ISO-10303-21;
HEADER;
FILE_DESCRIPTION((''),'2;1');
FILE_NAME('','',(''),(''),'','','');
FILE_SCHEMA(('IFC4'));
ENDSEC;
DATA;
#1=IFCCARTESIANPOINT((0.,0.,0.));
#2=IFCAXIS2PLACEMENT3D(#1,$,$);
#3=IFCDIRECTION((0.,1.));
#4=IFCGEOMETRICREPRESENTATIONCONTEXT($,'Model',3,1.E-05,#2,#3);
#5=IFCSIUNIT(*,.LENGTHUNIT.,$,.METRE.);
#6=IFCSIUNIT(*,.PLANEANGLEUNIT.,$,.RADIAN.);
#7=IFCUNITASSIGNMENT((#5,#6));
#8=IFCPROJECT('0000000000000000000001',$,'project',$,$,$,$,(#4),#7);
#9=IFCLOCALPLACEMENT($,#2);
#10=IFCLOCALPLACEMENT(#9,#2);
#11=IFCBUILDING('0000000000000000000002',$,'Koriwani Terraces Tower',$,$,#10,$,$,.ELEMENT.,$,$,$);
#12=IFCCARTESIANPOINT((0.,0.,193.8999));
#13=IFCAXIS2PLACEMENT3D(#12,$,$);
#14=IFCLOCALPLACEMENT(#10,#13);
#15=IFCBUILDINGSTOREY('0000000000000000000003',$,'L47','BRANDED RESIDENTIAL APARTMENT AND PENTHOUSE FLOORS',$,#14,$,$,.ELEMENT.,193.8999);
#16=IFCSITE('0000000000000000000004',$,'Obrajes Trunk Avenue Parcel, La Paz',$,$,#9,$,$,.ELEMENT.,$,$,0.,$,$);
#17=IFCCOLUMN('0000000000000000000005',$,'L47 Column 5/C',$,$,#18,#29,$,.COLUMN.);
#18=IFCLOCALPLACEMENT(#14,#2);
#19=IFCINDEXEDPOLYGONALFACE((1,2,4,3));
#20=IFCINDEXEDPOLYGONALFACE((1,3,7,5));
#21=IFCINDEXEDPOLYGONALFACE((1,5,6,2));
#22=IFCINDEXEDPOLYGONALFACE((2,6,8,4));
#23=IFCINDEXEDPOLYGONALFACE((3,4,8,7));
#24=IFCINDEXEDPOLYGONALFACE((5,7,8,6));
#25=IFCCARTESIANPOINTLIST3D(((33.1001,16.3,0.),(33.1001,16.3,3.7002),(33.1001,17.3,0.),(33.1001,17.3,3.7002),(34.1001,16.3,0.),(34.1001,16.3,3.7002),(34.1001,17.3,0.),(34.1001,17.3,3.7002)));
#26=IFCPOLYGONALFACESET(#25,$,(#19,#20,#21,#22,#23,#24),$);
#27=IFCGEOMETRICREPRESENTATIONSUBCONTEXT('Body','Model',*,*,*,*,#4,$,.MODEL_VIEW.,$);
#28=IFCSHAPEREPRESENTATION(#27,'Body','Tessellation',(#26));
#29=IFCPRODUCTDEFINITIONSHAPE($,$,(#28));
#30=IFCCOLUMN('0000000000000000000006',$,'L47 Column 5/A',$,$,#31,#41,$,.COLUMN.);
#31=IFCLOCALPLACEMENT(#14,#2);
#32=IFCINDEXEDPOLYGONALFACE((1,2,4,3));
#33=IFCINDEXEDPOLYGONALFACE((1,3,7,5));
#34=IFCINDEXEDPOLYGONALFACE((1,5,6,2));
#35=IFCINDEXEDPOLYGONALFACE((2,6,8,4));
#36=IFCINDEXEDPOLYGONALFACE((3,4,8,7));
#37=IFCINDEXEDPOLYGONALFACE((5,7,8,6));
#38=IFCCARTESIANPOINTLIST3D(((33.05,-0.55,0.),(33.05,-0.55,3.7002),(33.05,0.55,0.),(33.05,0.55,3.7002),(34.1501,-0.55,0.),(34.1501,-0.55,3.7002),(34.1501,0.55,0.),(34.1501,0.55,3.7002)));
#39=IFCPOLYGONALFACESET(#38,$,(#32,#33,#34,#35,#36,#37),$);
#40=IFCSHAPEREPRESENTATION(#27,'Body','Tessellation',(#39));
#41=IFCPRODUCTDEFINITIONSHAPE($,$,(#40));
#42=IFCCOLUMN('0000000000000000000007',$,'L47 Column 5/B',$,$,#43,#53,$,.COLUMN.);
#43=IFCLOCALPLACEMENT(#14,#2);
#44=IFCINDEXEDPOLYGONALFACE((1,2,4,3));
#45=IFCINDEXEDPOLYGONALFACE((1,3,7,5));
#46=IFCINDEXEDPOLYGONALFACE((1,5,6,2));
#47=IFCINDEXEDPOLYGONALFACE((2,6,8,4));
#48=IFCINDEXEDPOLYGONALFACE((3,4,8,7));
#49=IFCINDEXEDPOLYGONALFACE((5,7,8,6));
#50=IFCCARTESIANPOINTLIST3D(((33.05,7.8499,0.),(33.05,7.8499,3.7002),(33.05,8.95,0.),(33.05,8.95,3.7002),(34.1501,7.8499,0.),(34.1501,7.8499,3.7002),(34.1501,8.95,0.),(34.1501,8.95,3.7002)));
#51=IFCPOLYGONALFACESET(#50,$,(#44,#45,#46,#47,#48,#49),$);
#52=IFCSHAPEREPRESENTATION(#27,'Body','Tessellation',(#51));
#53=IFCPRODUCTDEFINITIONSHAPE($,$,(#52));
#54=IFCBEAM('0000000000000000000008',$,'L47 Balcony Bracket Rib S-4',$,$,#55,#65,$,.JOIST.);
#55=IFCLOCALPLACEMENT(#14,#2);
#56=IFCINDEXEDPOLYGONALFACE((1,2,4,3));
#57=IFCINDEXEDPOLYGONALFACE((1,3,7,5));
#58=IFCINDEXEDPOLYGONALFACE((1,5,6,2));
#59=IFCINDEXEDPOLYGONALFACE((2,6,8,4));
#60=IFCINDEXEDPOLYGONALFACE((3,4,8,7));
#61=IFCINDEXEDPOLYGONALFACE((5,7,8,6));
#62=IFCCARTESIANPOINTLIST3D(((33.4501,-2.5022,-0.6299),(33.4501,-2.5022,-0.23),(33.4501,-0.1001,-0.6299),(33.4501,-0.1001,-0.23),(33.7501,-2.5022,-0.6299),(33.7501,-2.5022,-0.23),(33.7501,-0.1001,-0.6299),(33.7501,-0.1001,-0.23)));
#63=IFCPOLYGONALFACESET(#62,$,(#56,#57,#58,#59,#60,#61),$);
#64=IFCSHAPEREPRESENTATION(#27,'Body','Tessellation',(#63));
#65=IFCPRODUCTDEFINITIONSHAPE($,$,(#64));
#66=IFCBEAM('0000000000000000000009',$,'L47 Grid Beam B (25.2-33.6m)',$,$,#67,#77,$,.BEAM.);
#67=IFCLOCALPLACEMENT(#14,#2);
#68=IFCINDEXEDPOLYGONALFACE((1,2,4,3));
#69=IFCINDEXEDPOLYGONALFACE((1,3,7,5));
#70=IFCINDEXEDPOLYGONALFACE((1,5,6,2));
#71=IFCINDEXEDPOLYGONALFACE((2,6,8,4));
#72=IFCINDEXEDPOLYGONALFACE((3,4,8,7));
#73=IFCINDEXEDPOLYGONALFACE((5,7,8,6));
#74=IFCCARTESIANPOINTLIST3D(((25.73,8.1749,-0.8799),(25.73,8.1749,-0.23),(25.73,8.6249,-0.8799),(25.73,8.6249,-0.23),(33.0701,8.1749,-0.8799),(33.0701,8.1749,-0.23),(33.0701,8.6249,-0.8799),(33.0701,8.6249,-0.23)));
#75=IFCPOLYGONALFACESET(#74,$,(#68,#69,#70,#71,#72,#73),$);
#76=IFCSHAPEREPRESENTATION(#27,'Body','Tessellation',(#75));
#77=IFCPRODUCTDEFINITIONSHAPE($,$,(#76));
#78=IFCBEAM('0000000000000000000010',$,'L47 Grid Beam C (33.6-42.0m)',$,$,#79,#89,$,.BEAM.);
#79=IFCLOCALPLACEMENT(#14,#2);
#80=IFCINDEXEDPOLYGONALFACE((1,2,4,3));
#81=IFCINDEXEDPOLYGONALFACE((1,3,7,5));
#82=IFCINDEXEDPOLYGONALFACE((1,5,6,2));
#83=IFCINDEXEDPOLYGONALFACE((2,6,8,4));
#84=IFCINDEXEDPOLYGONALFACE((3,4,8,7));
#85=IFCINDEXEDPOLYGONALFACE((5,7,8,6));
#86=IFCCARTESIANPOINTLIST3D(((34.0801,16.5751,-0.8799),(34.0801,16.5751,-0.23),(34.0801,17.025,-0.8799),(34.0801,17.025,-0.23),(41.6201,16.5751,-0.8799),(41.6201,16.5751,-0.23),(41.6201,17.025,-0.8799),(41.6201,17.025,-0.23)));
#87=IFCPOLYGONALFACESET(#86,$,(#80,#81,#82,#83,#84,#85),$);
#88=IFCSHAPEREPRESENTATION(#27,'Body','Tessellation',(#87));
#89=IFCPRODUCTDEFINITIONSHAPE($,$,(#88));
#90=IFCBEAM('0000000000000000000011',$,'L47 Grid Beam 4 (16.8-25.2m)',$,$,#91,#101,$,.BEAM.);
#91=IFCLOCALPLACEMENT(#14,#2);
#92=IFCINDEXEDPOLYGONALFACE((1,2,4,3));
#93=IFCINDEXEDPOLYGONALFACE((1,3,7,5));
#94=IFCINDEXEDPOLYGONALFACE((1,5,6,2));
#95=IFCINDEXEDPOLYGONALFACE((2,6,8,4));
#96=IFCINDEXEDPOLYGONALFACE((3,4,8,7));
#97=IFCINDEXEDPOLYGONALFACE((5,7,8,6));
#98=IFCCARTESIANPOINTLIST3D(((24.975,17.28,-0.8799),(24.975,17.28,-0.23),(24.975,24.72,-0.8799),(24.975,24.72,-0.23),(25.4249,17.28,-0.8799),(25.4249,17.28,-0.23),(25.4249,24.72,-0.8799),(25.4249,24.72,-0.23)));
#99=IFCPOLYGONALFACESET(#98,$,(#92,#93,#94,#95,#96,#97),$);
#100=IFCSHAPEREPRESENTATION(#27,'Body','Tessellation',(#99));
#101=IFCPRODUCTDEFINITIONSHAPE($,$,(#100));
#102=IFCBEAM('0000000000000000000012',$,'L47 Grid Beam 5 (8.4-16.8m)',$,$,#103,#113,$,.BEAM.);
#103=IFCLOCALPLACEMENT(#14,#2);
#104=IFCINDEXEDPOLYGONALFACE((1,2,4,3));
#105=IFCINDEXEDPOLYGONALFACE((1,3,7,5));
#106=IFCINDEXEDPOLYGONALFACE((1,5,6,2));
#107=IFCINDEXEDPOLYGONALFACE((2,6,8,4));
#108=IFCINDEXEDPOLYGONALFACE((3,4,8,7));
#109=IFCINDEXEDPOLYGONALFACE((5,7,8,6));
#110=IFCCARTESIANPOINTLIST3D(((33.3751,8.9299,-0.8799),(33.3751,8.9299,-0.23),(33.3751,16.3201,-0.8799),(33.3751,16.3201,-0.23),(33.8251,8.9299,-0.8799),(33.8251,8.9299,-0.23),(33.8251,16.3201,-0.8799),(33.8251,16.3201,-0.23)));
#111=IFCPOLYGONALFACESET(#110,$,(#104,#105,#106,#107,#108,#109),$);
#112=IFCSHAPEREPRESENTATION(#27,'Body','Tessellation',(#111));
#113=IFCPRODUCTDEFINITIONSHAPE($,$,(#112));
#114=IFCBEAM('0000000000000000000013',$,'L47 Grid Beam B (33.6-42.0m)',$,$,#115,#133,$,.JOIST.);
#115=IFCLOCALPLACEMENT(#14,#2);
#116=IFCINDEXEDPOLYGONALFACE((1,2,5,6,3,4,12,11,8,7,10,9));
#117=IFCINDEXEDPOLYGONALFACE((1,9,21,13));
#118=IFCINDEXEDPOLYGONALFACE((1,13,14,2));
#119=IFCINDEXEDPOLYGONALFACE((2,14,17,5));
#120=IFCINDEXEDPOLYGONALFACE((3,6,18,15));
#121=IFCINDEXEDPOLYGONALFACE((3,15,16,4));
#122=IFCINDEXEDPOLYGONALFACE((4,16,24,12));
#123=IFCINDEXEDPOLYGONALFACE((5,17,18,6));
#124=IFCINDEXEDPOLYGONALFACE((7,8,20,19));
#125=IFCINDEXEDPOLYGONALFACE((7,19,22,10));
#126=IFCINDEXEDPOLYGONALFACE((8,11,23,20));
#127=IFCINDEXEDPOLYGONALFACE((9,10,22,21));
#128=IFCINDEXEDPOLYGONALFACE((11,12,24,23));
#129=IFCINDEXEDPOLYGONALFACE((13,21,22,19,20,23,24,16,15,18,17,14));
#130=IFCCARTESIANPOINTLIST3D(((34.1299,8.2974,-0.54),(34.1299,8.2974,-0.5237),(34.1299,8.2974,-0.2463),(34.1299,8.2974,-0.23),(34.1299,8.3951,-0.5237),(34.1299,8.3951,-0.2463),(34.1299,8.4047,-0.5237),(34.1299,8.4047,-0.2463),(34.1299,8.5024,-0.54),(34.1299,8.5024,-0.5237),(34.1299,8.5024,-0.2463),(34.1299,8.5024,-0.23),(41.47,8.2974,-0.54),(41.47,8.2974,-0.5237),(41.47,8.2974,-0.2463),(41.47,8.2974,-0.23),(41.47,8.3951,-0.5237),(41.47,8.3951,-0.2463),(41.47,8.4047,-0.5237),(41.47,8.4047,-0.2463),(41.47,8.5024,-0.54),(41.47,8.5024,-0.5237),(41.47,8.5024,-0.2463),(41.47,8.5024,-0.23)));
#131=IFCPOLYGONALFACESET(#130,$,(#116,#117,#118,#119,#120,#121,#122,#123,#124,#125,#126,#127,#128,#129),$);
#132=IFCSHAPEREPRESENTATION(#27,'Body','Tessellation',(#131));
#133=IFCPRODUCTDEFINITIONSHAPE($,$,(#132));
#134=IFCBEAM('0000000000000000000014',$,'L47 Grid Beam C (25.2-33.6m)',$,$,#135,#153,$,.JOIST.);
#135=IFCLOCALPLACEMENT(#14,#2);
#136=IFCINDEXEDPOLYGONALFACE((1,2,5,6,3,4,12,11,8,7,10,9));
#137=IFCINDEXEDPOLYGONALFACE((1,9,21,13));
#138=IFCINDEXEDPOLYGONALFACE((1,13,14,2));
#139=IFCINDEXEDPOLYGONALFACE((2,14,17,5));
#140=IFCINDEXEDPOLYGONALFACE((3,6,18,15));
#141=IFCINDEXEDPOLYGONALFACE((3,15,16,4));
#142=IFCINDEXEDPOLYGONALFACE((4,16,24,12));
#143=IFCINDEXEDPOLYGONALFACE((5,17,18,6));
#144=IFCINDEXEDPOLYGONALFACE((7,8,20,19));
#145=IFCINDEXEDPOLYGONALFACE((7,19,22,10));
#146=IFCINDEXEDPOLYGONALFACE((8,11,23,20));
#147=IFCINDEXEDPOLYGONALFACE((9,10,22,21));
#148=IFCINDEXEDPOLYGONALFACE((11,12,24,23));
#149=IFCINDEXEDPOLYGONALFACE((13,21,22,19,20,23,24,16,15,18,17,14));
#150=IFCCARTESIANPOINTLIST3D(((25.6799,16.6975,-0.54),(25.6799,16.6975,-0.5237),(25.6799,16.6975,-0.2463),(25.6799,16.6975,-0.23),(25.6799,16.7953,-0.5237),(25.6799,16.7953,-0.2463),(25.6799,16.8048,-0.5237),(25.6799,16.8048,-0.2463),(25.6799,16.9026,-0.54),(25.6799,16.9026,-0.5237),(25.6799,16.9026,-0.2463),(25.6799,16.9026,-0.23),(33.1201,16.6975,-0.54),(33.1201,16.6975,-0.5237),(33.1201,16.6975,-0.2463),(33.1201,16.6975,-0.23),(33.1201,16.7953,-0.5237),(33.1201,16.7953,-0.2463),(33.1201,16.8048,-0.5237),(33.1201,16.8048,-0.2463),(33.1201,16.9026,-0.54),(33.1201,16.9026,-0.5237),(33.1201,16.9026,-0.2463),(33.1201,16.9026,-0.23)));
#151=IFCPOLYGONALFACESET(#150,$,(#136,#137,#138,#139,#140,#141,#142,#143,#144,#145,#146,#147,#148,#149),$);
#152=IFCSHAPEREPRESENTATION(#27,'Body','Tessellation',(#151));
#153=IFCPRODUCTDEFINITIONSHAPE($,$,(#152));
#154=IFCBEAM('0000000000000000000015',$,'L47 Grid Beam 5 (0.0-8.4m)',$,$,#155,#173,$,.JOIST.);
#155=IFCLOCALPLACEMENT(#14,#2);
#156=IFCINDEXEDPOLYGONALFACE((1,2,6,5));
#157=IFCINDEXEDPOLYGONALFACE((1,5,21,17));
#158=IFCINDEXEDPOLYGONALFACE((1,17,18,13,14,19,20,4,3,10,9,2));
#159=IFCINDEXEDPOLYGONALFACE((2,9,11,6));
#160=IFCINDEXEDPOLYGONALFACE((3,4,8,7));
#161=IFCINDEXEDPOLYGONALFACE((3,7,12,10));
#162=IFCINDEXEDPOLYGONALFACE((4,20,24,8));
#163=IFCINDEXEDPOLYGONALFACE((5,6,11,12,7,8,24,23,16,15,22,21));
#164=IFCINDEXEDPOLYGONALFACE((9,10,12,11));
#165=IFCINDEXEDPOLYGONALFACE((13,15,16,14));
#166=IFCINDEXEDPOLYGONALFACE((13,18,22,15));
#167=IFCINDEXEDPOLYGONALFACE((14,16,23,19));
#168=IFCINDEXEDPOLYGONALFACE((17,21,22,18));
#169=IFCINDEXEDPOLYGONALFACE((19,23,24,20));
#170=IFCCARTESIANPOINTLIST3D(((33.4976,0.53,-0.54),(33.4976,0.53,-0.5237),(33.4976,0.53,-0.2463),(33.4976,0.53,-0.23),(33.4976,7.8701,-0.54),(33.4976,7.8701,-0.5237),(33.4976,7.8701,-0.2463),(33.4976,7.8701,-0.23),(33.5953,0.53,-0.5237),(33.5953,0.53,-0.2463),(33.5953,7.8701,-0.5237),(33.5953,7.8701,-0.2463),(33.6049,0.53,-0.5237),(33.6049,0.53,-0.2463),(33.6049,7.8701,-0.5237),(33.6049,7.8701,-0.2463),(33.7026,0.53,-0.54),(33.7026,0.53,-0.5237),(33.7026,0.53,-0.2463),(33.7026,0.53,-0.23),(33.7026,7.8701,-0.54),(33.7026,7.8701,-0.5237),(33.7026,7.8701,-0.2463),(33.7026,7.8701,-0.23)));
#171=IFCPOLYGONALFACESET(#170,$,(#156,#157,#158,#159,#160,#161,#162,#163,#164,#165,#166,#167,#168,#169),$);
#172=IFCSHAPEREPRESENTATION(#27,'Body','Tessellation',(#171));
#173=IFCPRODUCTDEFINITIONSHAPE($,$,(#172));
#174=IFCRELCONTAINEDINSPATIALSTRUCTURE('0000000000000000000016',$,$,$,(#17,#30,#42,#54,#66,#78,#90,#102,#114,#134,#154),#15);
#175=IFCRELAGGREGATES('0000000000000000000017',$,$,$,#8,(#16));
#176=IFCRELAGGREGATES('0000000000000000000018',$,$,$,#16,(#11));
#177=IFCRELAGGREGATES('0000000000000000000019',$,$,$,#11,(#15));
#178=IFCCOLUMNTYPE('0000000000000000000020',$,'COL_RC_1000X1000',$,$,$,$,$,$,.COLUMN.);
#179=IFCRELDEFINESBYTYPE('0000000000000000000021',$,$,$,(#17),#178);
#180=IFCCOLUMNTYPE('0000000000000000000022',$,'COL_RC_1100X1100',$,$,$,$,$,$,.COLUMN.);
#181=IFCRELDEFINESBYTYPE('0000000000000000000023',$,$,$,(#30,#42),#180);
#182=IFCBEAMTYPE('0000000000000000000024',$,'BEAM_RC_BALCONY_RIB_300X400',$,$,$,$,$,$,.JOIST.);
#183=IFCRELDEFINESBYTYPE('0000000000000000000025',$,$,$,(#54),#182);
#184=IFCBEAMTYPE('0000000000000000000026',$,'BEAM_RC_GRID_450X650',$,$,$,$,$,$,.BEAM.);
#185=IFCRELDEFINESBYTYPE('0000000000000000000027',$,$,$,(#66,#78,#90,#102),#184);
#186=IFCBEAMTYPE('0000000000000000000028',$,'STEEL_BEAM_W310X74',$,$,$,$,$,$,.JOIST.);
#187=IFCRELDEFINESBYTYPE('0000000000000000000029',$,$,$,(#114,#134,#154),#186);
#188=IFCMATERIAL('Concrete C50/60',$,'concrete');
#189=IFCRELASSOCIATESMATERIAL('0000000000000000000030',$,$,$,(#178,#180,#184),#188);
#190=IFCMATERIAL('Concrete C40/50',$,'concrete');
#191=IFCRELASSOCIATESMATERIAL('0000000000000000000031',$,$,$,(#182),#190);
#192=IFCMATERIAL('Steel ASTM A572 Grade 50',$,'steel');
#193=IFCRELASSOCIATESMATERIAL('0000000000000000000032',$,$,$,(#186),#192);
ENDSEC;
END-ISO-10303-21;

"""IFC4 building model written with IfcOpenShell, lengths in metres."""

from ifc_helpers import new_model, si_unit, direction, frame, origin, origin_2d, place, context, subcontext, project, spatial, rectangle, i_section, extrude, material, material_profile, profile_set, type_object, element, save


model = new_model("IFC4")

# Units and contexts
model_context = context("Model", 3, precision=1e-05, world=origin(), true_north=direction((0.0, 1.0)))
body_context = subcontext(model_context, "Body", "Model", "MODEL_VIEW")
ifc_project = project(units=[si_unit("LENGTHUNIT", "METRE"), si_unit("PLANEANGLEUNIT", "RADIAN")], contexts=[model_context])

# Site, building, storey
site_placement = place(None, origin())
site = spatial("IfcSite", under=ifc_project, at=site_placement, Name="Obrajes Trunk Avenue Parcel, La Paz", CompositionType="ELEMENT", RefElevation=0.0)
building_placement = place(site_placement, origin())
building = spatial("IfcBuilding", under=site, at=building_placement, Name="Koriwani Terraces Tower", CompositionType="ELEMENT")
storey_placement = place(building_placement, frame((0.0, 0.0, 193.8999)))
storey = spatial("IfcBuildingStorey", under=building, at=storey_placement, Name="L47", Description="BRANDED RESIDENTIAL APARTMENT AND PENTHOUSE FLOORS", CompositionType="ELEMENT", Elevation=193.8999)

# Columns
ifc_material_1 = material(Name="Concrete C50/60", Category="concrete")
ifc_material_profile_1 = material_profile(ifc_material_1, rectangle(XDim=1.0, YDim=1.0, at=origin_2d()), Name="Concrete C50/60", Category="LoadBearing")
ifc_profile_set_1 = profile_set([ifc_material_profile_1], Name="Concrete C50/60")
column_type_1 = type_object("IfcColumnType", Name="COL_RC_1000X1000", PredefinedType="COLUMN", material=ifc_profile_set_1)
column_placement = place(storey_placement, frame((33.6001, 16.8, 0.0), z_axis=(0.0, 0.0, 1.0), x_axis=(1.0, 0.0, 0.0)))
element("IfcColumn", 1, at=column_placement, inside=storey, type_object=column_type_1, Name="L47 Column 5/C", PredefinedType="COLUMN", context=body_context, shape_type="SweptSolid", body=[
    extrude(rectangle(XDim=1.0, YDim=1.0, at=origin_2d()), origin(), (0.0, 0.0, 1.0), 3.7002),
])
ifc_material_profile_2 = material_profile(ifc_material_1, rectangle(XDim=1.1001, YDim=1.1001, at=origin_2d()), Name="Concrete C50/60", Category="LoadBearing")
ifc_profile_set_2 = profile_set([ifc_material_profile_2], Name="Concrete C50/60")
column_type_2 = type_object("IfcColumnType", Name="COL_RC_1100X1100", PredefinedType="COLUMN", material=ifc_profile_set_2)
for number, where, z_axis, x_axis, name in (
    (2, (33.6001, 0.0, 0.0), (0.0, 0.0, 1.0), (1.0, 0.0, 0.0), "L47 Column 5/A"),
    (3, (33.6001, 8.3999, 0.0), (0.0, 0.0, 1.0), (1.0, 0.0, 0.0), "L47 Column 5/B"),
):
    element("IfcColumn", number, at=place(storey_placement, frame(where, z_axis=z_axis, x_axis=x_axis)), inside=storey, type_object=column_type_2, Name=name, PredefinedType="COLUMN", context=body_context, shape_type="SweptSolid", body=[
        extrude(rectangle(XDim=1.1001, YDim=1.1001, at=origin_2d()), origin(), (0.0, 0.0, 1.0), 3.7002),
    ])

# Beams
ifc_material_2 = material(Name="Concrete C40/50", Category="concrete")
ifc_material_profile_3 = material_profile(ifc_material_2, rectangle(XDim=0.3, YDim=0.3999, at=origin_2d()), Name="Concrete C40/50", Category="LoadBearing")
ifc_profile_set_3 = profile_set([ifc_material_profile_3], Name="Concrete C40/50")
beam_type_1 = type_object("IfcBeamType", Name="BEAM_RC_BALCONY_RIB_300X400", PredefinedType="JOIST", material=ifc_profile_set_3)
beam_1_placement = place(storey_placement, frame((33.6001, -2.5022, -0.4299), z_axis=(0.0, 1.0, 0.0), x_axis=(-1.0, 0.0, 0.0)))
element("IfcBeam", 4, at=beam_1_placement, inside=storey, type_object=beam_type_1, Name="L47 Balcony Bracket Rib S-4", PredefinedType="JOIST", context=body_context, shape_type="SweptSolid", body=[
    extrude(rectangle(XDim=0.3, YDim=0.3999, at=origin_2d()), origin(), (0.0, 0.0, 1.0), 2.4021),
])
ifc_material_profile_4 = material_profile(ifc_material_1, rectangle(XDim=0.45, YDim=0.6499, at=origin_2d()), Name="Concrete C50/60", Category="LoadBearing")
ifc_profile_set_4 = profile_set([ifc_material_profile_4], Name="Concrete C50/60")
beam_type_2 = type_object("IfcBeamType", Name="BEAM_RC_GRID_450X650", PredefinedType="BEAM", material=ifc_profile_set_4)
beam_2_placement = place(storey_placement, frame((25.73, 8.3999, -0.5549), z_axis=(1.0, 0.0, 0.0), x_axis=(0.0, 1.0, 0.0)))
element("IfcBeam", 5, at=beam_2_placement, inside=storey, type_object=beam_type_2, Name="L47 Grid Beam B (25.2-33.6m)", PredefinedType="BEAM", context=body_context, shape_type="SweptSolid", body=[
    extrude(rectangle(XDim=0.45, YDim=0.6499, at=origin_2d()), origin(), (0.0, 0.0, 1.0), 7.3401),
])
beam_3_placement = place(storey_placement, frame((34.0801, 16.8, -0.5549), z_axis=(1.0, 0.0, 0.0), x_axis=(0.0, 1.0, 0.0)))
element("IfcBeam", 6, at=beam_3_placement, inside=storey, type_object=beam_type_2, Name="L47 Grid Beam C (33.6-42.0m)", PredefinedType="BEAM", context=body_context, shape_type="SweptSolid", body=[
    extrude(rectangle(XDim=0.45, YDim=0.6499, at=origin_2d()), origin(), (0.0, 0.0, 1.0), 7.54),
])
beam_4_placement = place(storey_placement, frame((25.2, 17.28, -0.5549), z_axis=(0.0, 1.0, 0.0), x_axis=(-1.0, 0.0, 0.0)))
element("IfcBeam", 7, at=beam_4_placement, inside=storey, type_object=beam_type_2, Name="L47 Grid Beam 4 (16.8-25.2m)", PredefinedType="BEAM", context=body_context, shape_type="SweptSolid", body=[
    extrude(rectangle(XDim=0.45, YDim=0.6499, at=origin_2d()), origin(), (0.0, 0.0, 1.0), 7.4399),
])
beam_5_placement = place(storey_placement, frame((33.6001, 8.9299, -0.5549), z_axis=(0.0, 1.0, 0.0), x_axis=(-1.0, 0.0, 0.0)))
element("IfcBeam", 8, at=beam_5_placement, inside=storey, type_object=beam_type_2, Name="L47 Grid Beam 5 (8.4-16.8m)", PredefinedType="BEAM", context=body_context, shape_type="SweptSolid", body=[
    extrude(rectangle(XDim=0.45, YDim=0.6499, at=origin_2d()), origin(), (0.0, 0.0, 1.0), 7.3901),
])
ifc_material_3 = material(Name="Steel ASTM A572 Grade 50", Category="steel")
ifc_material_profile_5 = material_profile(ifc_material_3, i_section(OverallWidth=0.2051, OverallDepth=0.3101, WebThickness=0.0095, FlangeThickness=0.0164, at=origin_2d()), Name="Steel ASTM A572 Grade 50", Category="LoadBearing")
ifc_profile_set_5 = profile_set([ifc_material_profile_5], Name="Steel ASTM A572 Grade 50")
beam_type_3 = type_object("IfcBeamType", Name="STEEL_BEAM_W310X74", PredefinedType="JOIST", material=ifc_profile_set_5)
beam_6_placement = place(storey_placement, frame((34.1299, 8.3999, -0.385), z_axis=(1.0, 0.0, 0.0), x_axis=(0.0, 1.0, 0.0)))
element("IfcBeam", 9, at=beam_6_placement, inside=storey, type_object=beam_type_3, Name="L47 Grid Beam B (33.6-42.0m)", PredefinedType="JOIST", context=body_context, shape_type="SweptSolid", body=[
    extrude(i_section(OverallWidth=0.2051, OverallDepth=0.3101, WebThickness=0.0095, FlangeThickness=0.0164, at=origin_2d()), origin(), (0.0, 0.0, 1.0), 7.3401),
])
beam_7_placement = place(storey_placement, frame((25.6799, 16.8, -0.385), z_axis=(1.0, 0.0, 0.0), x_axis=(0.0, 1.0, 0.0)))
element("IfcBeam", 10, at=beam_7_placement, inside=storey, type_object=beam_type_3, Name="L47 Grid Beam C (25.2-33.6m)", PredefinedType="JOIST", context=body_context, shape_type="SweptSolid", body=[
    extrude(i_section(OverallWidth=0.2051, OverallDepth=0.3101, WebThickness=0.0095, FlangeThickness=0.0164, at=origin_2d()), origin(), (0.0, 0.0, 1.0), 7.4402),
])
beam_8_placement = place(storey_placement, frame((33.6001, 0.53, -0.385), z_axis=(0.0, 1.0, 0.0), x_axis=(-1.0, 0.0, 0.0)))
element("IfcBeam", 11, at=beam_8_placement, inside=storey, type_object=beam_type_3, Name="L47 Grid Beam 5 (0.0-8.4m)", PredefinedType="JOIST", context=body_context, shape_type="SweptSolid", body=[
    extrude(i_section(OverallWidth=0.2051, OverallDepth=0.3101, WebThickness=0.0095, FlangeThickness=0.0164, at=origin_2d()), origin(), (0.0, 0.0, 1.0), 7.3401),
])

save(model, "model.ifc")
